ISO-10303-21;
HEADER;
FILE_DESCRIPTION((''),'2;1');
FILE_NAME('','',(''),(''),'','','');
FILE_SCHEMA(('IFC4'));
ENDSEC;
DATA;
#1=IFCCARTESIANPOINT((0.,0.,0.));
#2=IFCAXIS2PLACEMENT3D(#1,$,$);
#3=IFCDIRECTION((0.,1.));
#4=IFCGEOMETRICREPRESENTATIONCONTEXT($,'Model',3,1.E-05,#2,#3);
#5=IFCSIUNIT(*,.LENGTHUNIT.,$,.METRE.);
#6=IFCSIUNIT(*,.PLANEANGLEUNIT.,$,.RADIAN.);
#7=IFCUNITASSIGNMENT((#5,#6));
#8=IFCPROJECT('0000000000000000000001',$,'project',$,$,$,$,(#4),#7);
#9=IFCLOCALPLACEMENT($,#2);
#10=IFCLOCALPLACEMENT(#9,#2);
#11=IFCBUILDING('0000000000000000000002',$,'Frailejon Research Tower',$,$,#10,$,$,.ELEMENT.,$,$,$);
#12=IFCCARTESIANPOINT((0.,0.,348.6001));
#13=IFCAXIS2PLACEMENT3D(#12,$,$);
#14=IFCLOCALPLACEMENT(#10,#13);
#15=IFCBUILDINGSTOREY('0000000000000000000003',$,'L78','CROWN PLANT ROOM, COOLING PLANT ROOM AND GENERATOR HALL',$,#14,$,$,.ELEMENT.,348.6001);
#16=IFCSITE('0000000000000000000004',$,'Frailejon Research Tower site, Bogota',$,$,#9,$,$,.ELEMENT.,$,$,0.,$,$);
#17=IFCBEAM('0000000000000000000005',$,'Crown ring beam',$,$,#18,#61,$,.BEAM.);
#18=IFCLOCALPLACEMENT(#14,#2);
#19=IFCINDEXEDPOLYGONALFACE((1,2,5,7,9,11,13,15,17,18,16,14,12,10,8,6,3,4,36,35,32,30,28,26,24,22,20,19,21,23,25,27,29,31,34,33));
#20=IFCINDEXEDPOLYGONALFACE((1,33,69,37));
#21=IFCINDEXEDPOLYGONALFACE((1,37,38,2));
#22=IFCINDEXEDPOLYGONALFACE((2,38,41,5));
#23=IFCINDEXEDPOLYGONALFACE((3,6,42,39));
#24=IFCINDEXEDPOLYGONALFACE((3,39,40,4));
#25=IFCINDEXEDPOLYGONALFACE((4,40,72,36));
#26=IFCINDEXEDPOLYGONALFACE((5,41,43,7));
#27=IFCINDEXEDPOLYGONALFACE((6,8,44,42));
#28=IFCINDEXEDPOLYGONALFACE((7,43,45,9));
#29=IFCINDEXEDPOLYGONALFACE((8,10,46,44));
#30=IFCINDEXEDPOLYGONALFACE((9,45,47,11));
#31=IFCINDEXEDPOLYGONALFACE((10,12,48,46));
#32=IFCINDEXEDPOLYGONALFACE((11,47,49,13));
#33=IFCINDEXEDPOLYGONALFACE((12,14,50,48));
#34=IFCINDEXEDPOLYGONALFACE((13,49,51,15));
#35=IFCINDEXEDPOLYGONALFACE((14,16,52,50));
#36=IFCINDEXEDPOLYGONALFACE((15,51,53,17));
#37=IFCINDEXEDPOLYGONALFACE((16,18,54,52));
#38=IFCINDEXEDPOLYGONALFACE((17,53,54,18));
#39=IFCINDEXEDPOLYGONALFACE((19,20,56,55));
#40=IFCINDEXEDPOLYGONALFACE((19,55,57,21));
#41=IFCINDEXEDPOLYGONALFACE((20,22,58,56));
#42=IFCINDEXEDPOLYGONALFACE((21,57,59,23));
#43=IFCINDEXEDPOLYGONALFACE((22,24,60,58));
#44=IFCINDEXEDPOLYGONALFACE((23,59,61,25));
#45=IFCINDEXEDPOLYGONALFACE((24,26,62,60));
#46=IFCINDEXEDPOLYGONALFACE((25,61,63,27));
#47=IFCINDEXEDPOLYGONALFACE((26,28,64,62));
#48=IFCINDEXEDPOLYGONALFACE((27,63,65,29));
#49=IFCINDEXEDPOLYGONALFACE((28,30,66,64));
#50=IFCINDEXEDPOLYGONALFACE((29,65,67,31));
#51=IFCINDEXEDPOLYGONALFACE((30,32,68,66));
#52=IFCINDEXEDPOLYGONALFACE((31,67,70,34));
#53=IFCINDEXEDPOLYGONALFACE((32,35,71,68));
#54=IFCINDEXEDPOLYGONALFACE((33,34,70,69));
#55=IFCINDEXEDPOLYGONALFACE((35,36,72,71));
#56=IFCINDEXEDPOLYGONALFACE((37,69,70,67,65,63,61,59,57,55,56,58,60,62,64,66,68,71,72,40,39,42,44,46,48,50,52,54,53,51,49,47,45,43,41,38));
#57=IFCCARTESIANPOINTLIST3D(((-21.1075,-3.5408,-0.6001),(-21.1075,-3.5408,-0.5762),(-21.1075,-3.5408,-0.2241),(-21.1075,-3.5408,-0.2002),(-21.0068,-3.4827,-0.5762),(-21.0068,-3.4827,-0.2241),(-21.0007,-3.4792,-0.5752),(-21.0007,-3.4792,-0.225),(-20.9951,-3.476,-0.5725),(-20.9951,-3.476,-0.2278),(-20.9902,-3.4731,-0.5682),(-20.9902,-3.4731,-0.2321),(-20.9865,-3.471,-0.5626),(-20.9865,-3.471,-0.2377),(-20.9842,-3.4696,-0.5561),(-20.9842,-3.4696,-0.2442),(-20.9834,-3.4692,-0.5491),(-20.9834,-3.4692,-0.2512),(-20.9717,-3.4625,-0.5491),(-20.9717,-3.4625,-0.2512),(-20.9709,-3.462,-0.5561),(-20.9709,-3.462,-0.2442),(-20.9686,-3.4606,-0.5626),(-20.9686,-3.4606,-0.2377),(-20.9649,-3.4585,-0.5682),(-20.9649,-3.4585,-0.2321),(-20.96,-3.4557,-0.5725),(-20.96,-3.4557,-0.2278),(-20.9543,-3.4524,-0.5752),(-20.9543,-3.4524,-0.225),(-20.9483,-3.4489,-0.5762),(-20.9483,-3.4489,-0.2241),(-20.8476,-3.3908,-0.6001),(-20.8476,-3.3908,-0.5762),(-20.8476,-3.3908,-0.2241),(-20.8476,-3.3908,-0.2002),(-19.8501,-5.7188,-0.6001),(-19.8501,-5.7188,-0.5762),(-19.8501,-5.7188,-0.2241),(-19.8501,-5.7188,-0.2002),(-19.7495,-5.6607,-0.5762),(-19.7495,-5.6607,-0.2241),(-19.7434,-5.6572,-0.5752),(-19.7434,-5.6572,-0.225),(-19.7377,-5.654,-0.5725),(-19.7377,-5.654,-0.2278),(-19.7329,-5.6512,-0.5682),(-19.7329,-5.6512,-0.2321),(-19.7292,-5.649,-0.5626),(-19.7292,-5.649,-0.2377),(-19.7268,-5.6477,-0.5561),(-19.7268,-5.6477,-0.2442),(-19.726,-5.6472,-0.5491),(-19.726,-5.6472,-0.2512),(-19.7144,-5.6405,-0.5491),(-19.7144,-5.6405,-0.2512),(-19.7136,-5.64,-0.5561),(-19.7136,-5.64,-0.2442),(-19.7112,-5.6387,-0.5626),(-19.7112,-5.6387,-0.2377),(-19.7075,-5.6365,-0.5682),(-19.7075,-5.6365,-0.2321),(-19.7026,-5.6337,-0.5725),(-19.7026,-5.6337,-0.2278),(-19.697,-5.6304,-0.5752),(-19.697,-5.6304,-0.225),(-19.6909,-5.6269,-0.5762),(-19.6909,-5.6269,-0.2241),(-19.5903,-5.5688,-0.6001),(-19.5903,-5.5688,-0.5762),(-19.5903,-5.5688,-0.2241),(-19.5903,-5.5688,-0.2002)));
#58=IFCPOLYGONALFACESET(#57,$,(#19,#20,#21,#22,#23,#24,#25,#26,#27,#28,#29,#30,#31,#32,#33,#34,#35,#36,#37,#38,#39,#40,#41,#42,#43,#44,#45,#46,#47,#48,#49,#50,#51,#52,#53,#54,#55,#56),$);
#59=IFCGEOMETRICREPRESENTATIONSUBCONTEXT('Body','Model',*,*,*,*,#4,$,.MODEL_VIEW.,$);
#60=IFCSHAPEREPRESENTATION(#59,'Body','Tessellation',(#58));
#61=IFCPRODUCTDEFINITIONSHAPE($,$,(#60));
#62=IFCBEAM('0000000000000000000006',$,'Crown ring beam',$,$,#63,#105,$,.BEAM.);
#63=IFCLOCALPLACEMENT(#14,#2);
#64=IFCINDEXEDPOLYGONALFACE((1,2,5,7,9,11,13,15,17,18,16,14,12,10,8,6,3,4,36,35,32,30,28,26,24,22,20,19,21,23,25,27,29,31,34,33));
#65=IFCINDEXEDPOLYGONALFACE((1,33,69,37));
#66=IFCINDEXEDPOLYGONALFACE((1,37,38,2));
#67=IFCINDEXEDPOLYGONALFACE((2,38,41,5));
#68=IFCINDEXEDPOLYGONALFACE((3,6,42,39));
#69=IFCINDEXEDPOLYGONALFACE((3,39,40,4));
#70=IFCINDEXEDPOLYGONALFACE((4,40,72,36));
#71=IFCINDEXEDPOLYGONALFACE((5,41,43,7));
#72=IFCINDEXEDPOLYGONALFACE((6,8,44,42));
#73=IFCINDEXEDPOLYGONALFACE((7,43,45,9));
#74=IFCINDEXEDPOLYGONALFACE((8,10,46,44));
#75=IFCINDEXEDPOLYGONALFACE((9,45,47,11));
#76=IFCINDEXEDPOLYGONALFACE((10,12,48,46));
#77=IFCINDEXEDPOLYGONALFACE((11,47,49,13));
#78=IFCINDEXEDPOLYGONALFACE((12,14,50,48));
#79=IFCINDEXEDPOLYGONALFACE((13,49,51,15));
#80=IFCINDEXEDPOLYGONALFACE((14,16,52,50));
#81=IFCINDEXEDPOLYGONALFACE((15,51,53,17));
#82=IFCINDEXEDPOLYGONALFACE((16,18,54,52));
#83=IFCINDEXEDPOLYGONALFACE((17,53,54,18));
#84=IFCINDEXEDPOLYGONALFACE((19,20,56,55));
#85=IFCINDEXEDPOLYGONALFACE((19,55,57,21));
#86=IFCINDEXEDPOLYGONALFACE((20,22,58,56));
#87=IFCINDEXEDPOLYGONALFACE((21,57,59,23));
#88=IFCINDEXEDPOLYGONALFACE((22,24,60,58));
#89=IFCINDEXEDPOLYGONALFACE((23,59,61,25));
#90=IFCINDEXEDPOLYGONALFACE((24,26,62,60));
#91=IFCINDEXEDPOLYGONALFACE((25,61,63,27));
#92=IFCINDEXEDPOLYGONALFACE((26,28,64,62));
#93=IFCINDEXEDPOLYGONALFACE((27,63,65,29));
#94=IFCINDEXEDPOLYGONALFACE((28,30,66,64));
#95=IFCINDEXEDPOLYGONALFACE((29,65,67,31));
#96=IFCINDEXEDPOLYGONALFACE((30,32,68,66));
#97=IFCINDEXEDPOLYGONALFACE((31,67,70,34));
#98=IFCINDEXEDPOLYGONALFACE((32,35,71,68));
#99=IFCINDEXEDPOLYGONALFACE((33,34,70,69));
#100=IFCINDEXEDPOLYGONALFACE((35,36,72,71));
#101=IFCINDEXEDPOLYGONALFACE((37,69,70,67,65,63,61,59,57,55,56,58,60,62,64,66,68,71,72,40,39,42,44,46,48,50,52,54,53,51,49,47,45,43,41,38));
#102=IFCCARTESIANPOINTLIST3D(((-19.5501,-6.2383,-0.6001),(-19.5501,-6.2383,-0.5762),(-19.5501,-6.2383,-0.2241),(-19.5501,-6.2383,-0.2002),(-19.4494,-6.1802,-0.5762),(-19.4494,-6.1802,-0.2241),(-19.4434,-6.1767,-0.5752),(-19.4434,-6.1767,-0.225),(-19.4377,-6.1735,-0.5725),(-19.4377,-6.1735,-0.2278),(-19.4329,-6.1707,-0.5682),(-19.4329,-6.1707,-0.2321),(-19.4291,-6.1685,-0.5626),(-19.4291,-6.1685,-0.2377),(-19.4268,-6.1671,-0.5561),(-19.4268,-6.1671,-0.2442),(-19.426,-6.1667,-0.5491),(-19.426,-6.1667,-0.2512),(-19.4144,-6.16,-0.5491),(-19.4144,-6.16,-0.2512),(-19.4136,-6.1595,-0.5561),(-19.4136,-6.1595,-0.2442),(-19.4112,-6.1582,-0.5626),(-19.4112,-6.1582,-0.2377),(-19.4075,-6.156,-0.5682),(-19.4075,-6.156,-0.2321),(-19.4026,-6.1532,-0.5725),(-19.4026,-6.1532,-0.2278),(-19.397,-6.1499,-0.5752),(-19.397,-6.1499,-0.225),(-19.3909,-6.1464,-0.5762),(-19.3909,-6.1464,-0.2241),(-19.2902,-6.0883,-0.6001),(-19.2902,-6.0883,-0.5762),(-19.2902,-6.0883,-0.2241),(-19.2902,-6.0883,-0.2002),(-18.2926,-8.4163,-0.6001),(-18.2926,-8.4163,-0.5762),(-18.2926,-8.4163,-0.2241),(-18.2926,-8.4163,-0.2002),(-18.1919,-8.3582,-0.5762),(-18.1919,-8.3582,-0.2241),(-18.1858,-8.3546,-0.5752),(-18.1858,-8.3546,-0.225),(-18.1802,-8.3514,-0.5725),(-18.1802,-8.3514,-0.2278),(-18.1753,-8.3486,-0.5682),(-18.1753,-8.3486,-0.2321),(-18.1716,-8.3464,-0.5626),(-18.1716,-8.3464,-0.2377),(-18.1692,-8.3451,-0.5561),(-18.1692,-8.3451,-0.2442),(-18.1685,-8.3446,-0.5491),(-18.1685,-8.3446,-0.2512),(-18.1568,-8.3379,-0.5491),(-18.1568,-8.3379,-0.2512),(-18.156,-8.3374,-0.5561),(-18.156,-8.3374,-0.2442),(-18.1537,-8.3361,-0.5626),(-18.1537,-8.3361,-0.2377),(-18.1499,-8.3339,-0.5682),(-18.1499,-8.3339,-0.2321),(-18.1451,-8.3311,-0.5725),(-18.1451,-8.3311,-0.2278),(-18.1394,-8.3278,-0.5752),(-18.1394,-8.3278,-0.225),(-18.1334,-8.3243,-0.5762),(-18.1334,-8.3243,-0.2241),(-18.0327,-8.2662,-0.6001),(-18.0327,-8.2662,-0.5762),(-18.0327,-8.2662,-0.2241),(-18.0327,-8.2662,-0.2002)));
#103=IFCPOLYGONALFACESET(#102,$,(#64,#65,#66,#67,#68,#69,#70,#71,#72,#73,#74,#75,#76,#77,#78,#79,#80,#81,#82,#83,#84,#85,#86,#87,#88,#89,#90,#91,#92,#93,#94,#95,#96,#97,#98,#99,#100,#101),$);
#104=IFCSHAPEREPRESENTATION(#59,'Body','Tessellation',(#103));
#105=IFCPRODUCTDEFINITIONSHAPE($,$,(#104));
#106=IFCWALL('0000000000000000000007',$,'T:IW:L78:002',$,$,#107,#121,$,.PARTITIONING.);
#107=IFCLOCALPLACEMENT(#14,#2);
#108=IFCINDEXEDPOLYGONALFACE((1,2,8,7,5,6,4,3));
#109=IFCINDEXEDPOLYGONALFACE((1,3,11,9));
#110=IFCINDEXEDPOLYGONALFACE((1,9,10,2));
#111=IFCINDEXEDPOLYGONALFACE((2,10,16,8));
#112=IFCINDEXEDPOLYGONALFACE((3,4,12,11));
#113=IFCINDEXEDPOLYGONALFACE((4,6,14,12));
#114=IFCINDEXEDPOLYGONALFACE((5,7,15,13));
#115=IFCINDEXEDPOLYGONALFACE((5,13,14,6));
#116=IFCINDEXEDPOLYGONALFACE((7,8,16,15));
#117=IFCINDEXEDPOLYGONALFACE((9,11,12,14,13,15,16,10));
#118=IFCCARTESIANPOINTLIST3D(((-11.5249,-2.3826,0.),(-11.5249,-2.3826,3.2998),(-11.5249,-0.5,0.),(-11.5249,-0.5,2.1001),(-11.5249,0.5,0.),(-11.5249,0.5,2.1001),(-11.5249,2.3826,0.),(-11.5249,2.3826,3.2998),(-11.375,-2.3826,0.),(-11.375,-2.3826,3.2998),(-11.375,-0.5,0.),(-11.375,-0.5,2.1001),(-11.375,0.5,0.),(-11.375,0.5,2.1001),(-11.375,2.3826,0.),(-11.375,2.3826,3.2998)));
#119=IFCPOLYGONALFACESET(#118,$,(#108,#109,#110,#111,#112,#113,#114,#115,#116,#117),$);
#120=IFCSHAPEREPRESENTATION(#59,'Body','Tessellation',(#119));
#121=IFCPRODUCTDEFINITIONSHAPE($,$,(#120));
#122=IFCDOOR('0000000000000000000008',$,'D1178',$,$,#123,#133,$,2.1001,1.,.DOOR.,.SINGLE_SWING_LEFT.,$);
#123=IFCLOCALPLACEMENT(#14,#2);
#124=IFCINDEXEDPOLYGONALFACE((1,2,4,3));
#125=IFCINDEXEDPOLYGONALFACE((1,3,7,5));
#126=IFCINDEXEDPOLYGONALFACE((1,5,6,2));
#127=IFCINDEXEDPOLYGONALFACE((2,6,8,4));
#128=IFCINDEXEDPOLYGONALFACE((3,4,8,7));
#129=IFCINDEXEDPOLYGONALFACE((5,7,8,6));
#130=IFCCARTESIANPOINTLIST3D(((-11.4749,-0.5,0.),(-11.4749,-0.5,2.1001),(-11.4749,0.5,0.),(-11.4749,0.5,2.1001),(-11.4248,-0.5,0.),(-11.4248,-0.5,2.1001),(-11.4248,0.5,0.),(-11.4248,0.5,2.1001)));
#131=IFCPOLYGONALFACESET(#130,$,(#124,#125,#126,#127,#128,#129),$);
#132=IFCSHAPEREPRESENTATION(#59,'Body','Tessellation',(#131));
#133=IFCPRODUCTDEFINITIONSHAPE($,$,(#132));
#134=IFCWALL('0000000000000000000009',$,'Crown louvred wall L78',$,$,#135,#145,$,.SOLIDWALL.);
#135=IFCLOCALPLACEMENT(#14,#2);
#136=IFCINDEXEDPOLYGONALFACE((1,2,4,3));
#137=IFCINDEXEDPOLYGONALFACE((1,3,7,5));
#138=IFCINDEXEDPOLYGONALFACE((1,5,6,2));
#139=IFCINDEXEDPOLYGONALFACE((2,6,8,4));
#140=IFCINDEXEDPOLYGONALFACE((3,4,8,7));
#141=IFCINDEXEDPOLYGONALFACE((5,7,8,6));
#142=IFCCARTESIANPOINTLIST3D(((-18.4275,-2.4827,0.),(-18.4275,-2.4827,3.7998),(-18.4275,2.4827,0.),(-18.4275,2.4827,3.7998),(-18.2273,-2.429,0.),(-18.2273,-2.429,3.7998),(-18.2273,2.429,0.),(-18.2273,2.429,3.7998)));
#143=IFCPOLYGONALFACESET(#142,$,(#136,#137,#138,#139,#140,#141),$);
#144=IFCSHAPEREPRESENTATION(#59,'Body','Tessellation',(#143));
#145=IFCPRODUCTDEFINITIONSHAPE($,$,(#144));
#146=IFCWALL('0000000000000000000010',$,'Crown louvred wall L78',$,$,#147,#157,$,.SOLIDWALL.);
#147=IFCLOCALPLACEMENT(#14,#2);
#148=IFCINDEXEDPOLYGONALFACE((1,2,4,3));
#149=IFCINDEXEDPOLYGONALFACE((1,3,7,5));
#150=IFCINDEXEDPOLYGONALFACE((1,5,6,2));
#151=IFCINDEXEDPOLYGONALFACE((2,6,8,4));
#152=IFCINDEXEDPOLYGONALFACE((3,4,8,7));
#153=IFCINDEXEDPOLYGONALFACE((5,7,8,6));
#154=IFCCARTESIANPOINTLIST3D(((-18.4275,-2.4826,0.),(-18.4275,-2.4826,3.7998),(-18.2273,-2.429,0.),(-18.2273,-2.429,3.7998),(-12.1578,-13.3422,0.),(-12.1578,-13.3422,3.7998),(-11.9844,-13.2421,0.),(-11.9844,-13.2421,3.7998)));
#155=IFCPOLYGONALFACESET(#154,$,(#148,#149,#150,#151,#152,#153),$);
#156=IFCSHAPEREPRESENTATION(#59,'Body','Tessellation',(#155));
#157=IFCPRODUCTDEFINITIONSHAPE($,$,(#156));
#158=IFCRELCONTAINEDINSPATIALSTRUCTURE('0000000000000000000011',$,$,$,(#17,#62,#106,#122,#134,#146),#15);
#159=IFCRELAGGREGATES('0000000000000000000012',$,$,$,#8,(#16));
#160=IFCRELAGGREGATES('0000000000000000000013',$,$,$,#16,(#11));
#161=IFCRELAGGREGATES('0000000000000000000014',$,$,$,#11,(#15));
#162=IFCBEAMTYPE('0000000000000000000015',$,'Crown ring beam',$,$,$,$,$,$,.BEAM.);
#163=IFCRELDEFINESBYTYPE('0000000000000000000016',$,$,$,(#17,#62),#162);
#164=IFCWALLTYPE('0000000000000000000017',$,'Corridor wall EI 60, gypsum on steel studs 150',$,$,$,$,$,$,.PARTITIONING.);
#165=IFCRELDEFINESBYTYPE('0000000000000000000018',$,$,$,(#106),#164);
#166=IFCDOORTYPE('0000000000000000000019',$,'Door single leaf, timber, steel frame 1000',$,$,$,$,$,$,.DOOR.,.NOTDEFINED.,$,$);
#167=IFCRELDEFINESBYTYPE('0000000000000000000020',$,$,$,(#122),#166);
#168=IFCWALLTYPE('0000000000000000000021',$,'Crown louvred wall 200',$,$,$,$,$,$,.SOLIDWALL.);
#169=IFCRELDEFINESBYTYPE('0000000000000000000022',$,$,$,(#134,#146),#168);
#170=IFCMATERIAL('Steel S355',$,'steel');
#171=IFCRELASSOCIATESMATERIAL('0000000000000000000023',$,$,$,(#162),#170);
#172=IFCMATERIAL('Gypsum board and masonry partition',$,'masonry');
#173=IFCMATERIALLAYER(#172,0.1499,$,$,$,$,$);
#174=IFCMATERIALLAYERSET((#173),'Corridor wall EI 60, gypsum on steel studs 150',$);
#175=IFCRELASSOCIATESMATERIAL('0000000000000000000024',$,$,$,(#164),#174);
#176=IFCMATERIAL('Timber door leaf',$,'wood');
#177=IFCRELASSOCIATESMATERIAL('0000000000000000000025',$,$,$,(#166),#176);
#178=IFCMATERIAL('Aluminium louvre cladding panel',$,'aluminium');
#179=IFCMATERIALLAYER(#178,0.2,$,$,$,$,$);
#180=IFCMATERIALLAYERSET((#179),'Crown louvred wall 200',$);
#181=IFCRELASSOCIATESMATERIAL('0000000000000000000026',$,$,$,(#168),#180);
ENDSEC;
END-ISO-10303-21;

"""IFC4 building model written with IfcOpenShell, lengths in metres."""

from ifc_helpers import new_model, si_unit, direction, frame, frame_2d, origin, origin_2d, place, context, subcontext, project, spatial, polyline, rectangle, i_section, outline, extrude, material, layer, layer_set, material_profile, profile_set, type_object, element, fill, save


model = new_model("IFC4")

# Units and contexts
model_context = context("Model", 3, precision=1e-05, world=origin(), true_north=direction((0.0, 1.0)))
body_context = subcontext(model_context, "Body", "Model", "MODEL_VIEW")
ifc_project = project(units=[si_unit("LENGTHUNIT", "METRE"), si_unit("PLANEANGLEUNIT", "RADIAN")], contexts=[model_context])

# Site, building, storey
site_placement = place(None, origin())
site = spatial("IfcSite", under=ifc_project, at=site_placement, Name="Frailejon Research Tower site, Bogota", CompositionType="ELEMENT", RefElevation=0.0)
building_placement = place(site_placement, origin())
building = spatial("IfcBuilding", under=site, at=building_placement, Name="Frailejon Research Tower", CompositionType="ELEMENT")
storey_placement = place(building_placement, frame((0.0, 0.0, 348.6001)))
storey = spatial("IfcBuildingStorey", under=building, at=storey_placement, Name="L78", Description="CROWN PLANT ROOM, COOLING PLANT ROOM AND GENERATOR HALL", CompositionType="ELEMENT", Elevation=348.6001)

# Beams
ifc_material_1 = material(Name="Steel S355", Category="steel")
ifc_material_profile_1 = material_profile(ifc_material_1, i_section(OverallWidth=0.3, OverallDepth=0.3999, WebThickness=0.0134, FlangeThickness=0.0239, FilletRadius=0.0271, at=origin_2d()), Name="HE 400 B")
ifc_profile_set_1 = profile_set([ifc_material_profile_1], Name="Steel S355")
beam_type_1 = type_object("IfcBeamType", Name="Crown ring beam", PredefinedType="BEAM", material=ifc_profile_set_1)
for number, where, z_axis, x_axis, name in (
    (1, (-20.9775, -3.4658, -0.4001), (0.499961, -0.866048, 0.0), (0.866048, 0.499961, 0.0), "Crown ring beam"),
    (2, (-19.4202, -6.1633, -0.4001), (0.500033, -0.866006, 0.0), (0.866006, 0.500033, 0.0), "Crown ring beam"),
):
    element("IfcBeam", number, at=place(storey_placement, frame(where, z_axis=z_axis, x_axis=x_axis)), inside=storey, type_object=beam_type_1, Name=name, PredefinedType="BEAM", context=body_context, shape_type="SweptSolid", body=[
        extrude(i_section(OverallWidth=0.3, OverallDepth=0.3999, WebThickness=0.0134, FlangeThickness=0.0239, FilletRadius=0.0271, at=origin_2d()), origin(), (0.0, 0.0, 1.0), 2.5149),
    ])

# Wall, opening, door
ifc_material_2 = material(Name="Gypsum board and masonry partition", Category="masonry")
ifc_layer_1 = layer(ifc_material_2, 0.1499)
ifc_layer_set_1 = layer_set([ifc_layer_1], Name="Corridor wall EI 60, gypsum on steel studs 150")
wall_type_1 = type_object("IfcWallType", Name="Corridor wall EI 60, gypsum on steel studs 150", PredefinedType="PARTITIONING", material=ifc_layer_set_1)
wall_1_placement = place(storey_placement, frame((-11.45, -2.3826, 0.0), z_axis=(0.0, 0.0, 1.0), x_axis=(0.0, 1.0, 0.0)))
wall_1 = element("IfcWall", 3, at=wall_1_placement, inside=storey, type_object=wall_type_1, Name="T:IW:L78:002", PredefinedType="PARTITIONING", context=body_context, shape_type="SweptSolid", body=[
    extrude(rectangle(XDim=4.7651, YDim=0.1499, at=frame_2d((2.3826, 0.0))), origin(), (0.0, 0.0, 1.0), 3.2998),
])
opening_1_placement = place(wall_1_placement, frame((1.8826, 0.0, 0.0)))
opening_1 = element("IfcOpeningElement", 4, at=opening_1_placement, cuts=wall_1, PredefinedType="OPENING", context=body_context, shape_type="SweptSolid", body=[
    extrude(rectangle(XDim=1.0, YDim=2.1001, at=frame_2d((0.5, 1.05))), frame((0.0, 0.085, 0.0), z_axis=(0.0, -1.0, 0.0), x_axis=(1.0, 0.0, 0.0)), (0.0, 0.0, 1.0), 0.1699),
])
ifc_material_3 = material(Name="Timber door leaf", Category="wood")
door_type_1 = type_object("IfcDoorType", Name="Door single leaf, timber, steel frame 1000", OperationType="NOTDEFINED", PredefinedType="DOOR", material=ifc_material_3)
door_1_placement = place(opening_1_placement, origin())
door_1 = element("IfcDoor", 5, at=door_1_placement, inside=storey, type_object=door_type_1, Name="D1178", OperationType="SINGLE_SWING_LEFT", OverallHeight=2.1001, OverallWidth=1.0, PredefinedType="DOOR", context=body_context, shape_type="SweptSolid", body=[
    extrude(rectangle(XDim=1.0, YDim=2.1001, at=frame_2d((0.5, 1.05))), frame((0.0, 0.0249, 0.0), z_axis=(0.0, -1.0, 0.0), x_axis=(1.0, 0.0, 0.0)), (0.0, 0.0, 1.0), 0.05),
])
fill(opening_1, door_1)

# Walls
ifc_material_4 = material(Name="Aluminium louvre cladding panel", Category="aluminium")
ifc_layer_2 = layer(ifc_material_4, 0.2)
ifc_layer_set_2 = layer_set([ifc_layer_2], Name="Crown louvred wall 200")
wall_type_2 = type_object("IfcWallType", Name="Crown louvred wall 200", PredefinedType="SOLIDWALL", material=ifc_layer_set_2)
wall_2_placement = place(storey_placement, frame((-18.3274, 2.4558, 0.0), z_axis=(0.0, 0.0, 1.0), x_axis=(0.0, -1.0, 0.0)))
element("IfcWall", 6, at=wall_2_placement, inside=storey, type_object=wall_type_2, Name="Crown louvred wall L78", PredefinedType="SOLIDWALL", context=body_context, shape_type="SweptSolid", body=[
    extrude(outline(polyline([(-0.0269, -0.1001), (4.9385, -0.1001), (4.8848, 0.1001), (0.0269, 0.1001), (-0.0269, -0.1001)])), origin(), (0.0, 0.0, 1.0), 3.7998),
])
wall_3_placement = place(storey_placement, frame((-18.3274, -2.4558, 0.0), z_axis=(0.0, 0.0, 1.0), x_axis=(0.499996, -0.866028, 0.0)))
element("IfcWall", 7, at=wall_3_placement, inside=storey, type_object=wall_type_2, Name="Crown louvred wall L78", PredefinedType="SOLIDWALL", context=body_context, shape_type="SweptSolid", body=[
    extrude(outline(polyline([(-0.0269, -0.1001), (12.5127, -0.1001), (12.5127, 0.1001), (0.0269, 0.1001), (-0.0269, -0.1001)])), origin(), (0.0, 0.0, 1.0), 3.7998),
])

save(model, "model.ifc")
